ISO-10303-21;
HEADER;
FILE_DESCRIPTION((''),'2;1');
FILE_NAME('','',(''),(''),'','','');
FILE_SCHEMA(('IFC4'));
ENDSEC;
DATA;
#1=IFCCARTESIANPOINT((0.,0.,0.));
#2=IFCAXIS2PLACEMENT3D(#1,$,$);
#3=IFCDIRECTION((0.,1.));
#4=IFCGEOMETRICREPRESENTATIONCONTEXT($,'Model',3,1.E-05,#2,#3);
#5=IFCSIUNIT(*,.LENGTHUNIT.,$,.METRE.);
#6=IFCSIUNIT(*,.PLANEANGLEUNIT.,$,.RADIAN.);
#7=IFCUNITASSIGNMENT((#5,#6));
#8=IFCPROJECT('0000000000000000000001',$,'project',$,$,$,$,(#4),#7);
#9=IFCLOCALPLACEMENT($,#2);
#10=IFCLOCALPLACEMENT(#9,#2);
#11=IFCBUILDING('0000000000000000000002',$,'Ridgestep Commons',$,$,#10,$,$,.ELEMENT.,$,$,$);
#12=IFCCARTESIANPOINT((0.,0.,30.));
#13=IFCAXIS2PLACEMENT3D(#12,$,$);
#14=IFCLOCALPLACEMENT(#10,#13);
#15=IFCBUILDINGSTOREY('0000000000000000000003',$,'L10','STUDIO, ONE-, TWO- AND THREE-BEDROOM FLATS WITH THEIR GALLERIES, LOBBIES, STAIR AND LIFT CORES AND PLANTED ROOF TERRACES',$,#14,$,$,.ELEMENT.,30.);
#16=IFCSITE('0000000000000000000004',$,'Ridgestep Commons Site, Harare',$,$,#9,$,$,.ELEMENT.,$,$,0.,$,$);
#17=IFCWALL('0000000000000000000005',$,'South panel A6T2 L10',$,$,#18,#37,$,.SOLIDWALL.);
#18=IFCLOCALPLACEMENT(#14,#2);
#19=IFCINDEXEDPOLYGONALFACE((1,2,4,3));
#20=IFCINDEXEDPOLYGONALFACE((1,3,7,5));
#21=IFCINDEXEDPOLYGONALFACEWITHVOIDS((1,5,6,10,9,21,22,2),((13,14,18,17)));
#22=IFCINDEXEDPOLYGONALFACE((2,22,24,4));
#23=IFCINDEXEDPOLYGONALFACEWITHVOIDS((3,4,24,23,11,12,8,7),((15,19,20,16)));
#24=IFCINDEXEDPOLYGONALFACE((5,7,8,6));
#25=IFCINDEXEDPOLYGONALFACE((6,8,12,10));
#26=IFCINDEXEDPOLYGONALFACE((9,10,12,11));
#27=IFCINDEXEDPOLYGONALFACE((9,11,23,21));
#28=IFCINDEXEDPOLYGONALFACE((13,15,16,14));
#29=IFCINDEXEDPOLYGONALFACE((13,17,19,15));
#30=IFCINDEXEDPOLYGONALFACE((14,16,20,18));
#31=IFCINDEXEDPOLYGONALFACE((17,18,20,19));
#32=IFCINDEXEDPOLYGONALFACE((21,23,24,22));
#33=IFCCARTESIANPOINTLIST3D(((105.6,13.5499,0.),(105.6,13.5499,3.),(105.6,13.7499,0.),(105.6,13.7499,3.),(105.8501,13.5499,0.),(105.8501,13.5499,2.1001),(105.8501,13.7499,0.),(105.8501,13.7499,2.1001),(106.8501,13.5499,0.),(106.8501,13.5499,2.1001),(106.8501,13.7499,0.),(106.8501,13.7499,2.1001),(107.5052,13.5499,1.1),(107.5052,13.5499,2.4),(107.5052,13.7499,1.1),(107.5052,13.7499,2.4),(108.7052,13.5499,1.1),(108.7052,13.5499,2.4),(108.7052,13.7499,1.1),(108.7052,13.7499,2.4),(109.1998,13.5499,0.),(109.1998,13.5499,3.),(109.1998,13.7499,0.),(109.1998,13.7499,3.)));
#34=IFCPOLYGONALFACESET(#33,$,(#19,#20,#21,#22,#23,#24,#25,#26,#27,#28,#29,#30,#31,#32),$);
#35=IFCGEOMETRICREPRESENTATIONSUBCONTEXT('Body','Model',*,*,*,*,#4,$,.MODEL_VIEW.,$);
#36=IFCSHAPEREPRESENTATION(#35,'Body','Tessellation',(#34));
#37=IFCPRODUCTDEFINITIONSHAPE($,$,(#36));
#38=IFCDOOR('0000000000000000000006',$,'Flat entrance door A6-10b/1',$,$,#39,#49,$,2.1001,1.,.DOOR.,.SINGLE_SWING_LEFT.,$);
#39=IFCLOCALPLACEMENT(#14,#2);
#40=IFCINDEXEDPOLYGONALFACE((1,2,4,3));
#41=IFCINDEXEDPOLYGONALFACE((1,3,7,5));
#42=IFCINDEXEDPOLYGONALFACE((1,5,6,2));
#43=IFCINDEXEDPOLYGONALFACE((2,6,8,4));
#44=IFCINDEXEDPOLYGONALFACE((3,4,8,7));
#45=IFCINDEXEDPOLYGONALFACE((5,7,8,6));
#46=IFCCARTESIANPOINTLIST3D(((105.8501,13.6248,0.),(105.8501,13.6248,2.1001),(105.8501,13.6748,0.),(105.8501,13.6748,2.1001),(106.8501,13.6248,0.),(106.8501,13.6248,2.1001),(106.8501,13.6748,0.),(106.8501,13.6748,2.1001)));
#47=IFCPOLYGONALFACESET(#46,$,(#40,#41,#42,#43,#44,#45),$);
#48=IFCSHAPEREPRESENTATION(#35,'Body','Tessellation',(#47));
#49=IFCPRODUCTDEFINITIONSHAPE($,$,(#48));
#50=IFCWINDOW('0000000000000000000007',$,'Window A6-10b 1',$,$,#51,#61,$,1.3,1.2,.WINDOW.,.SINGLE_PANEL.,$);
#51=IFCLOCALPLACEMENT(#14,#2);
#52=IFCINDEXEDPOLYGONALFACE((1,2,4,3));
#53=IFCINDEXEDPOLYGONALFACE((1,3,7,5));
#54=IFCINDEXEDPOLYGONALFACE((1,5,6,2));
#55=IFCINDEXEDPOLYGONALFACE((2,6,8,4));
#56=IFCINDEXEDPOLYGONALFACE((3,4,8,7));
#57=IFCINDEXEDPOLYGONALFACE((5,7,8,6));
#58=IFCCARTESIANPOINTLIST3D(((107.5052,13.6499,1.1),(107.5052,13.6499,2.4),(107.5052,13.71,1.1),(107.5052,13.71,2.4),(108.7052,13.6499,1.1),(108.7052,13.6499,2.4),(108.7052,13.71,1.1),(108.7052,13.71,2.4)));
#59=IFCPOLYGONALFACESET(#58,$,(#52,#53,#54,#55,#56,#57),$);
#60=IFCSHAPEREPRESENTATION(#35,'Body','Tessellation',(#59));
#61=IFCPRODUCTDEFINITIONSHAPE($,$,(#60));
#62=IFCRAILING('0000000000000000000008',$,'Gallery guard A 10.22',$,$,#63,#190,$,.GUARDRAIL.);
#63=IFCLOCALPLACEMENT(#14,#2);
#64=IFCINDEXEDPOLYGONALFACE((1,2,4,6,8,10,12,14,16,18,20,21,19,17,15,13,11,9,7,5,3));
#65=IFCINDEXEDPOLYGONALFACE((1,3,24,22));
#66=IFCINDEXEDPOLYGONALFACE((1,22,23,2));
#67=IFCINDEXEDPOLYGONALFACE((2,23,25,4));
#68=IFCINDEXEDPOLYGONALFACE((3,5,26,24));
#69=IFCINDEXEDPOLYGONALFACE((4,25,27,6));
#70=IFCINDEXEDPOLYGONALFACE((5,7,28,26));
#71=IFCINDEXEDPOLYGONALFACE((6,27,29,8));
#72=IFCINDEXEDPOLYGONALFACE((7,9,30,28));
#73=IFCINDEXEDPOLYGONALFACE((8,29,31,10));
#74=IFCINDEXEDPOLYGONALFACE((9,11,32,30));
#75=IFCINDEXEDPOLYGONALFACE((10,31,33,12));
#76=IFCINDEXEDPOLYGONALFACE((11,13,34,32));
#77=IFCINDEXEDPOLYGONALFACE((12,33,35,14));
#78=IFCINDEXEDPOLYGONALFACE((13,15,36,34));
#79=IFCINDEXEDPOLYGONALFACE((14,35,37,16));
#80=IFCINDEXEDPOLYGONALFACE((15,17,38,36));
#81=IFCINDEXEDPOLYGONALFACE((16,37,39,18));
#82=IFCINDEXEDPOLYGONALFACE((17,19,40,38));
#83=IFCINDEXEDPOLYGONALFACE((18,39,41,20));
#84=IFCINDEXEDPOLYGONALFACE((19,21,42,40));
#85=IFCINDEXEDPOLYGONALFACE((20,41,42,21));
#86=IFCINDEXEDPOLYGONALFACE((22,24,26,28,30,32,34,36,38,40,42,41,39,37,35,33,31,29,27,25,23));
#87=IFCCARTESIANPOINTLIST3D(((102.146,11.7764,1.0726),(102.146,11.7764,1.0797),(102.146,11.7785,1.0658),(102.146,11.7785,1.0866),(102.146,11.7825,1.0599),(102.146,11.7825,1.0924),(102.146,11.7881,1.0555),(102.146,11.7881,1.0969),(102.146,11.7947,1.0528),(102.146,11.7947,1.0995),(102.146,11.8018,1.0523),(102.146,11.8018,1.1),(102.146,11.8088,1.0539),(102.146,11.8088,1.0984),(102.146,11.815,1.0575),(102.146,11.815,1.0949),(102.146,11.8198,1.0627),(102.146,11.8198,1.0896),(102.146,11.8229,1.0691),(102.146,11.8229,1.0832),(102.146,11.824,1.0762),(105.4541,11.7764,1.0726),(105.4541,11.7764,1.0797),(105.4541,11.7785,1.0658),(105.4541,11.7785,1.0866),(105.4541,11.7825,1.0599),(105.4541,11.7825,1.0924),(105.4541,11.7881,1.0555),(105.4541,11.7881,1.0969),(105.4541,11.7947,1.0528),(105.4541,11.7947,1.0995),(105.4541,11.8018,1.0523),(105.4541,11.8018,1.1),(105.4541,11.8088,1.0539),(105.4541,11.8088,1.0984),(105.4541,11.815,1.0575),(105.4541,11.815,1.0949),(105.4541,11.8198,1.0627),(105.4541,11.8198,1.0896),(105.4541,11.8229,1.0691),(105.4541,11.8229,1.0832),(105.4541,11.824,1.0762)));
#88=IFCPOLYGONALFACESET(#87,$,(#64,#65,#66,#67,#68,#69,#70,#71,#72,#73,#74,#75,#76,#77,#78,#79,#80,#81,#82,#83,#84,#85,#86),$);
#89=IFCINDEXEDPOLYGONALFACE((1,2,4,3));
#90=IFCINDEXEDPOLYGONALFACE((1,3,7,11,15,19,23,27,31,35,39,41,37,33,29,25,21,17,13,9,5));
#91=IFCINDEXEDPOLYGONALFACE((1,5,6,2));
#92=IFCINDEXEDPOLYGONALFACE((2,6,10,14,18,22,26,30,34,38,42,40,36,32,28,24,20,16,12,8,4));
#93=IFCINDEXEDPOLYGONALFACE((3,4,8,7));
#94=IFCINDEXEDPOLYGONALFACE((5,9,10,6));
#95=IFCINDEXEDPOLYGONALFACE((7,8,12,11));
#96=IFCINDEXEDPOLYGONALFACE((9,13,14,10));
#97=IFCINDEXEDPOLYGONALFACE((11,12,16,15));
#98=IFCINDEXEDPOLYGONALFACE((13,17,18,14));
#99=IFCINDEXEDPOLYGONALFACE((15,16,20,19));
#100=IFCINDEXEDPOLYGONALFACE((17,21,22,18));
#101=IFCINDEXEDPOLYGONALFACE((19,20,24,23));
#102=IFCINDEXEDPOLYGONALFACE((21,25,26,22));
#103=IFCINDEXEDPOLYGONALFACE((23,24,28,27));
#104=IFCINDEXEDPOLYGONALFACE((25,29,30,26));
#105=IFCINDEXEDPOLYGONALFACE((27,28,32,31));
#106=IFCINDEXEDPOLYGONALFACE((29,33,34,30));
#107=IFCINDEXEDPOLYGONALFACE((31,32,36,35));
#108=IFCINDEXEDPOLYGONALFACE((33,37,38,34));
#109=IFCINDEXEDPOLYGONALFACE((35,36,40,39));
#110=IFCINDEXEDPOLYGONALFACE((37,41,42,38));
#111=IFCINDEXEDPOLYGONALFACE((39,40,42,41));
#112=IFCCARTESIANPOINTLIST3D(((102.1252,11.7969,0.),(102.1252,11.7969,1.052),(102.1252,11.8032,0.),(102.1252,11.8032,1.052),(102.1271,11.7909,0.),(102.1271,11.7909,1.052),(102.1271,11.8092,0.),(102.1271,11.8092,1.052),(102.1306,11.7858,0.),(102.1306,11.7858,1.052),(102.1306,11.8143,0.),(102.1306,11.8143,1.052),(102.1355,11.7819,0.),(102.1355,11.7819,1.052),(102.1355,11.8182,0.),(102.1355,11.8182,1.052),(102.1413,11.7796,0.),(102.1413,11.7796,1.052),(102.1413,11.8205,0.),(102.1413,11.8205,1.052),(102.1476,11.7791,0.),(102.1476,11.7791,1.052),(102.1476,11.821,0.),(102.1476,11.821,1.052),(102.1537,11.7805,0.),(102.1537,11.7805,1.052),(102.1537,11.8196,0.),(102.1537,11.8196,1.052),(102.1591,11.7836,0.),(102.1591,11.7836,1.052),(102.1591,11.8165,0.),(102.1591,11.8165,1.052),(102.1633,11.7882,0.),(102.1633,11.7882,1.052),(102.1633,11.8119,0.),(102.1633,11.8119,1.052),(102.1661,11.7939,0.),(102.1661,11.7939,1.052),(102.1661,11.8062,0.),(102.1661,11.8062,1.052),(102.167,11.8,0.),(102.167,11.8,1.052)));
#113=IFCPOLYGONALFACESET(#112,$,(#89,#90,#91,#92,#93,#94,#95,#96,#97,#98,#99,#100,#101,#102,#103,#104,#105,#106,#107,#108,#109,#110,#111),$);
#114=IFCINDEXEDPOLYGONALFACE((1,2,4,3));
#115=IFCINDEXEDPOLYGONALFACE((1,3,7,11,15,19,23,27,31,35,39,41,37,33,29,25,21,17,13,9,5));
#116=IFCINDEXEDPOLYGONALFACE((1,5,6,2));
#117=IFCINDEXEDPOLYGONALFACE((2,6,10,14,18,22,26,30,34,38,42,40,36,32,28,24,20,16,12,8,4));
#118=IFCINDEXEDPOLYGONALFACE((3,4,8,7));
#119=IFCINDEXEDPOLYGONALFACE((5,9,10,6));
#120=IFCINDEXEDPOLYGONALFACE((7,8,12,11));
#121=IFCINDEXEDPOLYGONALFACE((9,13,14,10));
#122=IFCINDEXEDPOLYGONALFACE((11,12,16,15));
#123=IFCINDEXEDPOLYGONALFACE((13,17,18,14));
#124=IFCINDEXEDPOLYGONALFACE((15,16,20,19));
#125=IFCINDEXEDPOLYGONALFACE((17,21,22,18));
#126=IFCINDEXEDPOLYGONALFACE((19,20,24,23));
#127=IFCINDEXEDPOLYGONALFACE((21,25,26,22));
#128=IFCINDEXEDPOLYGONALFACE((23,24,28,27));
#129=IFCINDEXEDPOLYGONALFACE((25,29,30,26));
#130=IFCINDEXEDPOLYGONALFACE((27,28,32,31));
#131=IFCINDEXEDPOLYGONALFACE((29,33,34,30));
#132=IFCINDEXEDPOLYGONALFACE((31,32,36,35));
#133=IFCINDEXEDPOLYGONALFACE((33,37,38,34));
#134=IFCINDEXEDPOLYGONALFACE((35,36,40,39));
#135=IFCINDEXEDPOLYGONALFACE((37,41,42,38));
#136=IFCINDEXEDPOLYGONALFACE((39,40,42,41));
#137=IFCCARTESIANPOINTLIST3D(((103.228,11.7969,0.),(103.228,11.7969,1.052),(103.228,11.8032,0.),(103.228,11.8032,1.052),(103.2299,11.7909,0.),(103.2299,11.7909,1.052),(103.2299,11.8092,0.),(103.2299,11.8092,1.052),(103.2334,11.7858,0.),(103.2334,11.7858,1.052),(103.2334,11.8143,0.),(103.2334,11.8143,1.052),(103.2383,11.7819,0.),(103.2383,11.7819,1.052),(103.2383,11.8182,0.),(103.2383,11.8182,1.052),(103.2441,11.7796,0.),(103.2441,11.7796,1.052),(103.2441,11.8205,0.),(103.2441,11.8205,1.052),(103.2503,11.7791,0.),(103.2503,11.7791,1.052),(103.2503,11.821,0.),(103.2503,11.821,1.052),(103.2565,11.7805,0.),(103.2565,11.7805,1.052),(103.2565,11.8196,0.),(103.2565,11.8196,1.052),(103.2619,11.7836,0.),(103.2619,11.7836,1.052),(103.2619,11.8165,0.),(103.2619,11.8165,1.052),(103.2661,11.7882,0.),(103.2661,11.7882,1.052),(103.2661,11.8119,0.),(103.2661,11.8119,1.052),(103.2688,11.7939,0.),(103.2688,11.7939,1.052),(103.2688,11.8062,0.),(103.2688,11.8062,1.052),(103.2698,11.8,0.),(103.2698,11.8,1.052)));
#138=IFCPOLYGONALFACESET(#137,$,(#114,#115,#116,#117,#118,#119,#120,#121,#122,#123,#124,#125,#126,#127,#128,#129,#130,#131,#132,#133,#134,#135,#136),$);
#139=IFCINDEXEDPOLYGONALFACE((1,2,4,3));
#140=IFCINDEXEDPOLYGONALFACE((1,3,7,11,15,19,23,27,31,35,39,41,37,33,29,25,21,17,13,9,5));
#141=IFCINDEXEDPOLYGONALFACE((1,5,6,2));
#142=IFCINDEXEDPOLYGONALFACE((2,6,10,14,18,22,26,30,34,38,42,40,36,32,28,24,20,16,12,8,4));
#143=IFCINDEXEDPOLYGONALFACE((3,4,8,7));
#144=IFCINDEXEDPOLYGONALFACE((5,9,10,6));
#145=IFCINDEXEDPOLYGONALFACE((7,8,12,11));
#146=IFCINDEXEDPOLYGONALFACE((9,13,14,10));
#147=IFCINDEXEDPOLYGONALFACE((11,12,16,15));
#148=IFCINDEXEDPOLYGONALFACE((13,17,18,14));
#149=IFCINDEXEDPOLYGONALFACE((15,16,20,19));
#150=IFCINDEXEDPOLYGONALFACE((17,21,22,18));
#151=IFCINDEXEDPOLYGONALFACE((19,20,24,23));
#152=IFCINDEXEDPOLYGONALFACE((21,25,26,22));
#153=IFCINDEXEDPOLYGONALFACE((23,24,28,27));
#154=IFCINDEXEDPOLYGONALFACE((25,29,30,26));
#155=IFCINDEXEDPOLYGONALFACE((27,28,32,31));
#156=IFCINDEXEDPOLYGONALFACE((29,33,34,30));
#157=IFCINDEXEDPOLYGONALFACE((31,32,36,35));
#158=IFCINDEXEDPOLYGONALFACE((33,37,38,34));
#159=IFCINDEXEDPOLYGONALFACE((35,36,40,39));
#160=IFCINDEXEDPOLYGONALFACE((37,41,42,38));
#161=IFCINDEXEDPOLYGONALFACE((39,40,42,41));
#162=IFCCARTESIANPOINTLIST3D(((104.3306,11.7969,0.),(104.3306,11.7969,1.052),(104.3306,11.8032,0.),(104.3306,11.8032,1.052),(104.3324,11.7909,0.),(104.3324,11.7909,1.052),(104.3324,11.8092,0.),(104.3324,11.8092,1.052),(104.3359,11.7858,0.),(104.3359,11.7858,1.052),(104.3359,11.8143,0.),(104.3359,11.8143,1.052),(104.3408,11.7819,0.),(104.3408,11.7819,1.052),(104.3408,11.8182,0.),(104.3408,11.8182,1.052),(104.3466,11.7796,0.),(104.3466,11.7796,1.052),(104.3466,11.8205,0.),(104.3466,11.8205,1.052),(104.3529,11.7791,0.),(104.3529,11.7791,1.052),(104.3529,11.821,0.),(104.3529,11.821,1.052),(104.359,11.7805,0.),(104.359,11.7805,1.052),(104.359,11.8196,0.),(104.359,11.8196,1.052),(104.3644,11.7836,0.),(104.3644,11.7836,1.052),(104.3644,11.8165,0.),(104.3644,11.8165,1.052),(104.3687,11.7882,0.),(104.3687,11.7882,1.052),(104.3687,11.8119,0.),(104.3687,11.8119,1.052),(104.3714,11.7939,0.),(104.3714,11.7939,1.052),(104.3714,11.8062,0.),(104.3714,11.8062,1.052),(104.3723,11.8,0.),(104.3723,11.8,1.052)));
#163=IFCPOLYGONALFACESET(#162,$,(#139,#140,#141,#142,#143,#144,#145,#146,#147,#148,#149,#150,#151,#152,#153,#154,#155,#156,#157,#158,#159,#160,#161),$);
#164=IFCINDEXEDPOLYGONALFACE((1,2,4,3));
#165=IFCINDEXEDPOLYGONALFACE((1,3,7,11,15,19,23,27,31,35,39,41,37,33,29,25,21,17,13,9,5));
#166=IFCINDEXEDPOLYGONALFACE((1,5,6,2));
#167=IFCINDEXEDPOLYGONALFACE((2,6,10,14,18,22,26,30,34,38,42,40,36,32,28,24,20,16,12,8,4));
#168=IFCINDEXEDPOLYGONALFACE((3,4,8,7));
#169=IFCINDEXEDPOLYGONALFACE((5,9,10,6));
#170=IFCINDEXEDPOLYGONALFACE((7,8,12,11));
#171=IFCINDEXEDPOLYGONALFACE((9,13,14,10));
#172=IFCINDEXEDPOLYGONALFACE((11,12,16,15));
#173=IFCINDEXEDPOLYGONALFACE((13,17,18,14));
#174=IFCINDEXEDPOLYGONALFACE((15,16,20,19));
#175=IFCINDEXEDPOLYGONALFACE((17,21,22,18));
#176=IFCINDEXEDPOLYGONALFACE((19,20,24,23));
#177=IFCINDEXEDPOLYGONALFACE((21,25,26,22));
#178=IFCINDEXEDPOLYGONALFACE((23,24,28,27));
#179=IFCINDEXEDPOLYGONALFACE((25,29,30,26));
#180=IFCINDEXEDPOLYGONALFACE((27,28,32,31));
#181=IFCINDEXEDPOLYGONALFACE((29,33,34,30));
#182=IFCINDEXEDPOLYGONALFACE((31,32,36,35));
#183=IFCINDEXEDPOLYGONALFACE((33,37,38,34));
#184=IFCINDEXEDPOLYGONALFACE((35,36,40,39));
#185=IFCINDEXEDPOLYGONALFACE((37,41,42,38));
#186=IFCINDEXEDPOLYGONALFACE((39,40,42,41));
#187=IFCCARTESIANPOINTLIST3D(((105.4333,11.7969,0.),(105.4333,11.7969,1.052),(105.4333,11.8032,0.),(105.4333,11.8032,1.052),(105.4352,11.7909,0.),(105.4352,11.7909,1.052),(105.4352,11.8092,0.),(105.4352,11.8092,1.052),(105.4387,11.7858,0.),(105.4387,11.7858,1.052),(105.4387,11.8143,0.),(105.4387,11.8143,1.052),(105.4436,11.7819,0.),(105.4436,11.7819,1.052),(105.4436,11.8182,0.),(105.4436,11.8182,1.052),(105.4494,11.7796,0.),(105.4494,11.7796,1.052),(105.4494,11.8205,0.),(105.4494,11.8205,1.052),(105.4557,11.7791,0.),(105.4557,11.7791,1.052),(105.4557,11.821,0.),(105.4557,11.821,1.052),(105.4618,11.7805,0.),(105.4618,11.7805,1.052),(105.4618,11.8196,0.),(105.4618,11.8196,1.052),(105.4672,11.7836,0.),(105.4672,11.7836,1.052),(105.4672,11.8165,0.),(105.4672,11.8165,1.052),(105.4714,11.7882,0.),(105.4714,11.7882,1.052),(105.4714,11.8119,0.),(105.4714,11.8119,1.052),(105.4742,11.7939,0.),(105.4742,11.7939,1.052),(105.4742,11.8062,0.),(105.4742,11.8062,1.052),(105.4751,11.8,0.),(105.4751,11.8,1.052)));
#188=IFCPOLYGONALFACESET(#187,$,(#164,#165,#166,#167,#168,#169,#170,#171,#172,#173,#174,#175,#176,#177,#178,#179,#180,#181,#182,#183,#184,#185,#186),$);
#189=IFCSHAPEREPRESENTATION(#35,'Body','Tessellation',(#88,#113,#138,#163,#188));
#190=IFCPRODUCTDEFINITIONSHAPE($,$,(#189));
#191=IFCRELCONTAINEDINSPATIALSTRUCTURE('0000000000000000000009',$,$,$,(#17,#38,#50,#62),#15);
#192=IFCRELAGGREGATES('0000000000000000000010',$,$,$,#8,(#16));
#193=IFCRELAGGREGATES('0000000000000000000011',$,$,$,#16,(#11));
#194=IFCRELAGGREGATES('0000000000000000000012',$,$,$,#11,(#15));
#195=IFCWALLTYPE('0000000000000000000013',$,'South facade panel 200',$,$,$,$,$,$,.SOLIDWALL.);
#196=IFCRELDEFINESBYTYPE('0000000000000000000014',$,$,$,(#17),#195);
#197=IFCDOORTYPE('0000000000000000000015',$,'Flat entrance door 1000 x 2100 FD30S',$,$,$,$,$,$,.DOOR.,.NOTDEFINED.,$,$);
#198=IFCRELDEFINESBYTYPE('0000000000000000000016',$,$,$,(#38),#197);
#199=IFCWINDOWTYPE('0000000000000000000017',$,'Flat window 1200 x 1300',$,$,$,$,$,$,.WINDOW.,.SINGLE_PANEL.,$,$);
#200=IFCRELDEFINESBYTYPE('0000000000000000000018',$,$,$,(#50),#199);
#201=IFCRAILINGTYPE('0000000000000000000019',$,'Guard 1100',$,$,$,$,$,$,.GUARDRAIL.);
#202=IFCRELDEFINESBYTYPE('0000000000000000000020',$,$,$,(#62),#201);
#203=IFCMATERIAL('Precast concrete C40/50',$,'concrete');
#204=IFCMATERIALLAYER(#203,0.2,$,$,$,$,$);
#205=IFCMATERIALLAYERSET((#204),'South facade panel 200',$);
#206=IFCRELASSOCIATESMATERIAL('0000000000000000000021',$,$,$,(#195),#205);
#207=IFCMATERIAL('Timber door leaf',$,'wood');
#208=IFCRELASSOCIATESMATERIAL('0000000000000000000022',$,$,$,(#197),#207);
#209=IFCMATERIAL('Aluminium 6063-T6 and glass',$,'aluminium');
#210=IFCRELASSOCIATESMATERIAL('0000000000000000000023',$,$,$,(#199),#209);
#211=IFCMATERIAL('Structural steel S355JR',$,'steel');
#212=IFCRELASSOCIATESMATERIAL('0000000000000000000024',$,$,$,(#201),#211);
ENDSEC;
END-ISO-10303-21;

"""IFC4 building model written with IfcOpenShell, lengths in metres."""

from ifc_helpers import new_model, si_unit, direction, frame, frame_2d, origin, origin_2d, place, context, subcontext, project, spatial, rectangle, circle, extrude, material, layer, layer_set, type_object, element, fill, save


model = new_model("IFC4")

# Units and contexts
model_context = context("Model", 3, precision=1e-05, world=origin(), true_north=direction((0.0, 1.0)))
body_context = subcontext(model_context, "Body", "Model", "MODEL_VIEW")
ifc_project = project(units=[si_unit("LENGTHUNIT", "METRE"), si_unit("PLANEANGLEUNIT", "RADIAN")], contexts=[model_context])

# Site, building, storey
site_placement = place(None, origin())
site = spatial("IfcSite", under=ifc_project, at=site_placement, Name="Ridgestep Commons Site, Harare", CompositionType="ELEMENT", RefElevation=0.0)
building_placement = place(site_placement, origin())
building = spatial("IfcBuilding", under=site, at=building_placement, Name="Ridgestep Commons", CompositionType="ELEMENT")
storey_placement = place(building_placement, frame((0.0, 0.0, 30.0)))
storey = spatial("IfcBuildingStorey", under=building, at=storey_placement, Name="L10", Description="STUDIO, ONE-, TWO- AND THREE-BEDROOM FLATS WITH THEIR GALLERIES, LOBBIES, STAIR AND LIFT CORES AND PLANTED ROOF TERRACES", CompositionType="ELEMENT", Elevation=30.0)

# Wall, openings, door, window
ifc_material_1 = material(Name="Precast concrete C40/50", Category="concrete")
ifc_layer_1 = layer(ifc_material_1, 0.2)
ifc_layer_set_1 = layer_set([ifc_layer_1], Name="South facade panel 200")
wall_type_1 = type_object("IfcWallType", Name="South facade panel 200", PredefinedType="SOLIDWALL", material=ifc_layer_set_1)
ifc_material_2 = material(Name="Timber door leaf", Category="wood")
door_type_1 = type_object("IfcDoorType", Name="Flat entrance door 1000 x 2100 FD30S", OperationType="NOTDEFINED", PredefinedType="DOOR", material=ifc_material_2)
ifc_material_3 = material(Name="Aluminium 6063-T6 and glass", Category="aluminium")
window_type = type_object("IfcWindowType", Name="Flat window 1200 x 1300", PartitioningType="SINGLE_PANEL", PredefinedType="WINDOW", material=ifc_material_3)
wall_1_placement = place(storey_placement, frame((105.6001, 13.6499, 0.0), z_axis=(0.0, 0.0, 1.0), x_axis=(1.0, 0.0, 0.0)))
wall_1 = element("IfcWall", 1, at=wall_1_placement, inside=storey, type_object=wall_type_1, Name="South panel A6T2 L10", PredefinedType="SOLIDWALL", context=body_context, shape_type="SweptSolid", body=[
    extrude(rectangle(XDim=3.5999, YDim=0.2, at=frame_2d((1.7998, 0.0))), origin(), (0.0, 0.0, 1.0), 3.0),
])
opening_1_placement = place(wall_1_placement, frame((1.905, 0.0, 1.1001)))
opening_1 = element("IfcOpeningElement", 2, at=opening_1_placement, cuts=wall_1, PredefinedType="OPENING", context=body_context, shape_type="SweptSolid", body=[
    extrude(rectangle(XDim=1.2, YDim=1.3, at=frame_2d((0.6001, 0.6499))), frame((0.0, 0.1099, 0.0), z_axis=(0.0, -1.0, 0.0), x_axis=(1.0, 0.0, 0.0)), (0.0, 0.0, 1.0), 0.22),
])
opening_2_placement = place(wall_1_placement, frame((0.25, 0.0, 0.0)))
opening_2 = element("IfcOpeningElement", 3, at=opening_2_placement, cuts=wall_1, PredefinedType="OPENING", context=body_context, shape_type="SweptSolid", body=[
    extrude(rectangle(XDim=1.0, YDim=2.1001, at=frame_2d((0.5, 1.05))), frame((0.0, 0.1099, 0.0), z_axis=(0.0, -1.0, 0.0), x_axis=(1.0, 0.0, 0.0)), (0.0, 0.0, 1.0), 0.22),
])
door_1_placement = place(opening_2_placement, origin())
door_1 = element("IfcDoor", 4, at=door_1_placement, inside=storey, type_object=door_type_1, Name="Flat entrance door A6-10b/1", OperationType="SINGLE_SWING_LEFT", OverallHeight=2.1001, OverallWidth=1.0, PredefinedType="DOOR", context=body_context, shape_type="SweptSolid", body=[
    extrude(rectangle(XDim=1.0, YDim=2.1001, at=frame_2d((0.5, 1.05))), frame((0.0, 0.0249, 0.0), z_axis=(0.0, -1.0, 0.0), x_axis=(1.0, 0.0, 0.0)), (0.0, 0.0, 1.0), 0.05),
])
fill(opening_2, door_1)
window_1_placement = place(opening_1_placement, origin())
window_1 = element("IfcWindow", 5, at=window_1_placement, inside=storey, type_object=window_type, Name="Window A6-10b 1", OverallHeight=1.3, OverallWidth=1.2, PartitioningType="SINGLE_PANEL", PredefinedType="WINDOW", context=body_context, shape_type="SweptSolid", body=[
    extrude(rectangle(XDim=1.2, YDim=1.3, at=frame_2d((0.6001, 0.6499))), frame((0.0, 0.0601, 0.0), z_axis=(0.0, -1.0, 0.0), x_axis=(1.0, 0.0, 0.0)), (0.0, 0.0, 1.0), 0.0601),
])
fill(opening_1, window_1)

# Railing
ifc_material_4 = material(Name="Structural steel S355JR", Category="steel")
railing_type = type_object("IfcRailingType", Name="Guard 1100", PredefinedType="GUARDRAIL", material=ifc_material_4)
railing_placement = place(storey_placement, frame((102.146, 11.8, 0.0)))
element("IfcRailing", 6, at=railing_placement, inside=storey, type_object=railing_type, Name="Gallery guard A 10.22", PredefinedType="GUARDRAIL", context=body_context, shape_type="SweptSolid", body=[
    extrude(circle(Radius=0.0239, at=origin_2d()), frame((0.0, 0.0, 1.0762), z_axis=(1.0, 0.0, 0.0), x_axis=(0.0, 1.0, 0.0)), (0.0, 0.0, 1.0), 3.3081),
    extrude(circle(Radius=0.021, at=origin_2d()), origin(), (0.0, 0.0, 1.0), 1.052),
    extrude(circle(Radius=0.021, at=origin_2d()), frame((1.1028, 0.0, 0.0)), (0.0, 0.0, 1.0), 1.052),
    extrude(circle(Radius=0.021, at=origin_2d()), frame((2.2053, 0.0, 0.0)), (0.0, 0.0, 1.0), 1.052),
    extrude(circle(Radius=0.021, at=origin_2d()), frame((3.3081, 0.0, 0.0)), (0.0, 0.0, 1.0), 1.052),
])

save(model, "model.ifc")
